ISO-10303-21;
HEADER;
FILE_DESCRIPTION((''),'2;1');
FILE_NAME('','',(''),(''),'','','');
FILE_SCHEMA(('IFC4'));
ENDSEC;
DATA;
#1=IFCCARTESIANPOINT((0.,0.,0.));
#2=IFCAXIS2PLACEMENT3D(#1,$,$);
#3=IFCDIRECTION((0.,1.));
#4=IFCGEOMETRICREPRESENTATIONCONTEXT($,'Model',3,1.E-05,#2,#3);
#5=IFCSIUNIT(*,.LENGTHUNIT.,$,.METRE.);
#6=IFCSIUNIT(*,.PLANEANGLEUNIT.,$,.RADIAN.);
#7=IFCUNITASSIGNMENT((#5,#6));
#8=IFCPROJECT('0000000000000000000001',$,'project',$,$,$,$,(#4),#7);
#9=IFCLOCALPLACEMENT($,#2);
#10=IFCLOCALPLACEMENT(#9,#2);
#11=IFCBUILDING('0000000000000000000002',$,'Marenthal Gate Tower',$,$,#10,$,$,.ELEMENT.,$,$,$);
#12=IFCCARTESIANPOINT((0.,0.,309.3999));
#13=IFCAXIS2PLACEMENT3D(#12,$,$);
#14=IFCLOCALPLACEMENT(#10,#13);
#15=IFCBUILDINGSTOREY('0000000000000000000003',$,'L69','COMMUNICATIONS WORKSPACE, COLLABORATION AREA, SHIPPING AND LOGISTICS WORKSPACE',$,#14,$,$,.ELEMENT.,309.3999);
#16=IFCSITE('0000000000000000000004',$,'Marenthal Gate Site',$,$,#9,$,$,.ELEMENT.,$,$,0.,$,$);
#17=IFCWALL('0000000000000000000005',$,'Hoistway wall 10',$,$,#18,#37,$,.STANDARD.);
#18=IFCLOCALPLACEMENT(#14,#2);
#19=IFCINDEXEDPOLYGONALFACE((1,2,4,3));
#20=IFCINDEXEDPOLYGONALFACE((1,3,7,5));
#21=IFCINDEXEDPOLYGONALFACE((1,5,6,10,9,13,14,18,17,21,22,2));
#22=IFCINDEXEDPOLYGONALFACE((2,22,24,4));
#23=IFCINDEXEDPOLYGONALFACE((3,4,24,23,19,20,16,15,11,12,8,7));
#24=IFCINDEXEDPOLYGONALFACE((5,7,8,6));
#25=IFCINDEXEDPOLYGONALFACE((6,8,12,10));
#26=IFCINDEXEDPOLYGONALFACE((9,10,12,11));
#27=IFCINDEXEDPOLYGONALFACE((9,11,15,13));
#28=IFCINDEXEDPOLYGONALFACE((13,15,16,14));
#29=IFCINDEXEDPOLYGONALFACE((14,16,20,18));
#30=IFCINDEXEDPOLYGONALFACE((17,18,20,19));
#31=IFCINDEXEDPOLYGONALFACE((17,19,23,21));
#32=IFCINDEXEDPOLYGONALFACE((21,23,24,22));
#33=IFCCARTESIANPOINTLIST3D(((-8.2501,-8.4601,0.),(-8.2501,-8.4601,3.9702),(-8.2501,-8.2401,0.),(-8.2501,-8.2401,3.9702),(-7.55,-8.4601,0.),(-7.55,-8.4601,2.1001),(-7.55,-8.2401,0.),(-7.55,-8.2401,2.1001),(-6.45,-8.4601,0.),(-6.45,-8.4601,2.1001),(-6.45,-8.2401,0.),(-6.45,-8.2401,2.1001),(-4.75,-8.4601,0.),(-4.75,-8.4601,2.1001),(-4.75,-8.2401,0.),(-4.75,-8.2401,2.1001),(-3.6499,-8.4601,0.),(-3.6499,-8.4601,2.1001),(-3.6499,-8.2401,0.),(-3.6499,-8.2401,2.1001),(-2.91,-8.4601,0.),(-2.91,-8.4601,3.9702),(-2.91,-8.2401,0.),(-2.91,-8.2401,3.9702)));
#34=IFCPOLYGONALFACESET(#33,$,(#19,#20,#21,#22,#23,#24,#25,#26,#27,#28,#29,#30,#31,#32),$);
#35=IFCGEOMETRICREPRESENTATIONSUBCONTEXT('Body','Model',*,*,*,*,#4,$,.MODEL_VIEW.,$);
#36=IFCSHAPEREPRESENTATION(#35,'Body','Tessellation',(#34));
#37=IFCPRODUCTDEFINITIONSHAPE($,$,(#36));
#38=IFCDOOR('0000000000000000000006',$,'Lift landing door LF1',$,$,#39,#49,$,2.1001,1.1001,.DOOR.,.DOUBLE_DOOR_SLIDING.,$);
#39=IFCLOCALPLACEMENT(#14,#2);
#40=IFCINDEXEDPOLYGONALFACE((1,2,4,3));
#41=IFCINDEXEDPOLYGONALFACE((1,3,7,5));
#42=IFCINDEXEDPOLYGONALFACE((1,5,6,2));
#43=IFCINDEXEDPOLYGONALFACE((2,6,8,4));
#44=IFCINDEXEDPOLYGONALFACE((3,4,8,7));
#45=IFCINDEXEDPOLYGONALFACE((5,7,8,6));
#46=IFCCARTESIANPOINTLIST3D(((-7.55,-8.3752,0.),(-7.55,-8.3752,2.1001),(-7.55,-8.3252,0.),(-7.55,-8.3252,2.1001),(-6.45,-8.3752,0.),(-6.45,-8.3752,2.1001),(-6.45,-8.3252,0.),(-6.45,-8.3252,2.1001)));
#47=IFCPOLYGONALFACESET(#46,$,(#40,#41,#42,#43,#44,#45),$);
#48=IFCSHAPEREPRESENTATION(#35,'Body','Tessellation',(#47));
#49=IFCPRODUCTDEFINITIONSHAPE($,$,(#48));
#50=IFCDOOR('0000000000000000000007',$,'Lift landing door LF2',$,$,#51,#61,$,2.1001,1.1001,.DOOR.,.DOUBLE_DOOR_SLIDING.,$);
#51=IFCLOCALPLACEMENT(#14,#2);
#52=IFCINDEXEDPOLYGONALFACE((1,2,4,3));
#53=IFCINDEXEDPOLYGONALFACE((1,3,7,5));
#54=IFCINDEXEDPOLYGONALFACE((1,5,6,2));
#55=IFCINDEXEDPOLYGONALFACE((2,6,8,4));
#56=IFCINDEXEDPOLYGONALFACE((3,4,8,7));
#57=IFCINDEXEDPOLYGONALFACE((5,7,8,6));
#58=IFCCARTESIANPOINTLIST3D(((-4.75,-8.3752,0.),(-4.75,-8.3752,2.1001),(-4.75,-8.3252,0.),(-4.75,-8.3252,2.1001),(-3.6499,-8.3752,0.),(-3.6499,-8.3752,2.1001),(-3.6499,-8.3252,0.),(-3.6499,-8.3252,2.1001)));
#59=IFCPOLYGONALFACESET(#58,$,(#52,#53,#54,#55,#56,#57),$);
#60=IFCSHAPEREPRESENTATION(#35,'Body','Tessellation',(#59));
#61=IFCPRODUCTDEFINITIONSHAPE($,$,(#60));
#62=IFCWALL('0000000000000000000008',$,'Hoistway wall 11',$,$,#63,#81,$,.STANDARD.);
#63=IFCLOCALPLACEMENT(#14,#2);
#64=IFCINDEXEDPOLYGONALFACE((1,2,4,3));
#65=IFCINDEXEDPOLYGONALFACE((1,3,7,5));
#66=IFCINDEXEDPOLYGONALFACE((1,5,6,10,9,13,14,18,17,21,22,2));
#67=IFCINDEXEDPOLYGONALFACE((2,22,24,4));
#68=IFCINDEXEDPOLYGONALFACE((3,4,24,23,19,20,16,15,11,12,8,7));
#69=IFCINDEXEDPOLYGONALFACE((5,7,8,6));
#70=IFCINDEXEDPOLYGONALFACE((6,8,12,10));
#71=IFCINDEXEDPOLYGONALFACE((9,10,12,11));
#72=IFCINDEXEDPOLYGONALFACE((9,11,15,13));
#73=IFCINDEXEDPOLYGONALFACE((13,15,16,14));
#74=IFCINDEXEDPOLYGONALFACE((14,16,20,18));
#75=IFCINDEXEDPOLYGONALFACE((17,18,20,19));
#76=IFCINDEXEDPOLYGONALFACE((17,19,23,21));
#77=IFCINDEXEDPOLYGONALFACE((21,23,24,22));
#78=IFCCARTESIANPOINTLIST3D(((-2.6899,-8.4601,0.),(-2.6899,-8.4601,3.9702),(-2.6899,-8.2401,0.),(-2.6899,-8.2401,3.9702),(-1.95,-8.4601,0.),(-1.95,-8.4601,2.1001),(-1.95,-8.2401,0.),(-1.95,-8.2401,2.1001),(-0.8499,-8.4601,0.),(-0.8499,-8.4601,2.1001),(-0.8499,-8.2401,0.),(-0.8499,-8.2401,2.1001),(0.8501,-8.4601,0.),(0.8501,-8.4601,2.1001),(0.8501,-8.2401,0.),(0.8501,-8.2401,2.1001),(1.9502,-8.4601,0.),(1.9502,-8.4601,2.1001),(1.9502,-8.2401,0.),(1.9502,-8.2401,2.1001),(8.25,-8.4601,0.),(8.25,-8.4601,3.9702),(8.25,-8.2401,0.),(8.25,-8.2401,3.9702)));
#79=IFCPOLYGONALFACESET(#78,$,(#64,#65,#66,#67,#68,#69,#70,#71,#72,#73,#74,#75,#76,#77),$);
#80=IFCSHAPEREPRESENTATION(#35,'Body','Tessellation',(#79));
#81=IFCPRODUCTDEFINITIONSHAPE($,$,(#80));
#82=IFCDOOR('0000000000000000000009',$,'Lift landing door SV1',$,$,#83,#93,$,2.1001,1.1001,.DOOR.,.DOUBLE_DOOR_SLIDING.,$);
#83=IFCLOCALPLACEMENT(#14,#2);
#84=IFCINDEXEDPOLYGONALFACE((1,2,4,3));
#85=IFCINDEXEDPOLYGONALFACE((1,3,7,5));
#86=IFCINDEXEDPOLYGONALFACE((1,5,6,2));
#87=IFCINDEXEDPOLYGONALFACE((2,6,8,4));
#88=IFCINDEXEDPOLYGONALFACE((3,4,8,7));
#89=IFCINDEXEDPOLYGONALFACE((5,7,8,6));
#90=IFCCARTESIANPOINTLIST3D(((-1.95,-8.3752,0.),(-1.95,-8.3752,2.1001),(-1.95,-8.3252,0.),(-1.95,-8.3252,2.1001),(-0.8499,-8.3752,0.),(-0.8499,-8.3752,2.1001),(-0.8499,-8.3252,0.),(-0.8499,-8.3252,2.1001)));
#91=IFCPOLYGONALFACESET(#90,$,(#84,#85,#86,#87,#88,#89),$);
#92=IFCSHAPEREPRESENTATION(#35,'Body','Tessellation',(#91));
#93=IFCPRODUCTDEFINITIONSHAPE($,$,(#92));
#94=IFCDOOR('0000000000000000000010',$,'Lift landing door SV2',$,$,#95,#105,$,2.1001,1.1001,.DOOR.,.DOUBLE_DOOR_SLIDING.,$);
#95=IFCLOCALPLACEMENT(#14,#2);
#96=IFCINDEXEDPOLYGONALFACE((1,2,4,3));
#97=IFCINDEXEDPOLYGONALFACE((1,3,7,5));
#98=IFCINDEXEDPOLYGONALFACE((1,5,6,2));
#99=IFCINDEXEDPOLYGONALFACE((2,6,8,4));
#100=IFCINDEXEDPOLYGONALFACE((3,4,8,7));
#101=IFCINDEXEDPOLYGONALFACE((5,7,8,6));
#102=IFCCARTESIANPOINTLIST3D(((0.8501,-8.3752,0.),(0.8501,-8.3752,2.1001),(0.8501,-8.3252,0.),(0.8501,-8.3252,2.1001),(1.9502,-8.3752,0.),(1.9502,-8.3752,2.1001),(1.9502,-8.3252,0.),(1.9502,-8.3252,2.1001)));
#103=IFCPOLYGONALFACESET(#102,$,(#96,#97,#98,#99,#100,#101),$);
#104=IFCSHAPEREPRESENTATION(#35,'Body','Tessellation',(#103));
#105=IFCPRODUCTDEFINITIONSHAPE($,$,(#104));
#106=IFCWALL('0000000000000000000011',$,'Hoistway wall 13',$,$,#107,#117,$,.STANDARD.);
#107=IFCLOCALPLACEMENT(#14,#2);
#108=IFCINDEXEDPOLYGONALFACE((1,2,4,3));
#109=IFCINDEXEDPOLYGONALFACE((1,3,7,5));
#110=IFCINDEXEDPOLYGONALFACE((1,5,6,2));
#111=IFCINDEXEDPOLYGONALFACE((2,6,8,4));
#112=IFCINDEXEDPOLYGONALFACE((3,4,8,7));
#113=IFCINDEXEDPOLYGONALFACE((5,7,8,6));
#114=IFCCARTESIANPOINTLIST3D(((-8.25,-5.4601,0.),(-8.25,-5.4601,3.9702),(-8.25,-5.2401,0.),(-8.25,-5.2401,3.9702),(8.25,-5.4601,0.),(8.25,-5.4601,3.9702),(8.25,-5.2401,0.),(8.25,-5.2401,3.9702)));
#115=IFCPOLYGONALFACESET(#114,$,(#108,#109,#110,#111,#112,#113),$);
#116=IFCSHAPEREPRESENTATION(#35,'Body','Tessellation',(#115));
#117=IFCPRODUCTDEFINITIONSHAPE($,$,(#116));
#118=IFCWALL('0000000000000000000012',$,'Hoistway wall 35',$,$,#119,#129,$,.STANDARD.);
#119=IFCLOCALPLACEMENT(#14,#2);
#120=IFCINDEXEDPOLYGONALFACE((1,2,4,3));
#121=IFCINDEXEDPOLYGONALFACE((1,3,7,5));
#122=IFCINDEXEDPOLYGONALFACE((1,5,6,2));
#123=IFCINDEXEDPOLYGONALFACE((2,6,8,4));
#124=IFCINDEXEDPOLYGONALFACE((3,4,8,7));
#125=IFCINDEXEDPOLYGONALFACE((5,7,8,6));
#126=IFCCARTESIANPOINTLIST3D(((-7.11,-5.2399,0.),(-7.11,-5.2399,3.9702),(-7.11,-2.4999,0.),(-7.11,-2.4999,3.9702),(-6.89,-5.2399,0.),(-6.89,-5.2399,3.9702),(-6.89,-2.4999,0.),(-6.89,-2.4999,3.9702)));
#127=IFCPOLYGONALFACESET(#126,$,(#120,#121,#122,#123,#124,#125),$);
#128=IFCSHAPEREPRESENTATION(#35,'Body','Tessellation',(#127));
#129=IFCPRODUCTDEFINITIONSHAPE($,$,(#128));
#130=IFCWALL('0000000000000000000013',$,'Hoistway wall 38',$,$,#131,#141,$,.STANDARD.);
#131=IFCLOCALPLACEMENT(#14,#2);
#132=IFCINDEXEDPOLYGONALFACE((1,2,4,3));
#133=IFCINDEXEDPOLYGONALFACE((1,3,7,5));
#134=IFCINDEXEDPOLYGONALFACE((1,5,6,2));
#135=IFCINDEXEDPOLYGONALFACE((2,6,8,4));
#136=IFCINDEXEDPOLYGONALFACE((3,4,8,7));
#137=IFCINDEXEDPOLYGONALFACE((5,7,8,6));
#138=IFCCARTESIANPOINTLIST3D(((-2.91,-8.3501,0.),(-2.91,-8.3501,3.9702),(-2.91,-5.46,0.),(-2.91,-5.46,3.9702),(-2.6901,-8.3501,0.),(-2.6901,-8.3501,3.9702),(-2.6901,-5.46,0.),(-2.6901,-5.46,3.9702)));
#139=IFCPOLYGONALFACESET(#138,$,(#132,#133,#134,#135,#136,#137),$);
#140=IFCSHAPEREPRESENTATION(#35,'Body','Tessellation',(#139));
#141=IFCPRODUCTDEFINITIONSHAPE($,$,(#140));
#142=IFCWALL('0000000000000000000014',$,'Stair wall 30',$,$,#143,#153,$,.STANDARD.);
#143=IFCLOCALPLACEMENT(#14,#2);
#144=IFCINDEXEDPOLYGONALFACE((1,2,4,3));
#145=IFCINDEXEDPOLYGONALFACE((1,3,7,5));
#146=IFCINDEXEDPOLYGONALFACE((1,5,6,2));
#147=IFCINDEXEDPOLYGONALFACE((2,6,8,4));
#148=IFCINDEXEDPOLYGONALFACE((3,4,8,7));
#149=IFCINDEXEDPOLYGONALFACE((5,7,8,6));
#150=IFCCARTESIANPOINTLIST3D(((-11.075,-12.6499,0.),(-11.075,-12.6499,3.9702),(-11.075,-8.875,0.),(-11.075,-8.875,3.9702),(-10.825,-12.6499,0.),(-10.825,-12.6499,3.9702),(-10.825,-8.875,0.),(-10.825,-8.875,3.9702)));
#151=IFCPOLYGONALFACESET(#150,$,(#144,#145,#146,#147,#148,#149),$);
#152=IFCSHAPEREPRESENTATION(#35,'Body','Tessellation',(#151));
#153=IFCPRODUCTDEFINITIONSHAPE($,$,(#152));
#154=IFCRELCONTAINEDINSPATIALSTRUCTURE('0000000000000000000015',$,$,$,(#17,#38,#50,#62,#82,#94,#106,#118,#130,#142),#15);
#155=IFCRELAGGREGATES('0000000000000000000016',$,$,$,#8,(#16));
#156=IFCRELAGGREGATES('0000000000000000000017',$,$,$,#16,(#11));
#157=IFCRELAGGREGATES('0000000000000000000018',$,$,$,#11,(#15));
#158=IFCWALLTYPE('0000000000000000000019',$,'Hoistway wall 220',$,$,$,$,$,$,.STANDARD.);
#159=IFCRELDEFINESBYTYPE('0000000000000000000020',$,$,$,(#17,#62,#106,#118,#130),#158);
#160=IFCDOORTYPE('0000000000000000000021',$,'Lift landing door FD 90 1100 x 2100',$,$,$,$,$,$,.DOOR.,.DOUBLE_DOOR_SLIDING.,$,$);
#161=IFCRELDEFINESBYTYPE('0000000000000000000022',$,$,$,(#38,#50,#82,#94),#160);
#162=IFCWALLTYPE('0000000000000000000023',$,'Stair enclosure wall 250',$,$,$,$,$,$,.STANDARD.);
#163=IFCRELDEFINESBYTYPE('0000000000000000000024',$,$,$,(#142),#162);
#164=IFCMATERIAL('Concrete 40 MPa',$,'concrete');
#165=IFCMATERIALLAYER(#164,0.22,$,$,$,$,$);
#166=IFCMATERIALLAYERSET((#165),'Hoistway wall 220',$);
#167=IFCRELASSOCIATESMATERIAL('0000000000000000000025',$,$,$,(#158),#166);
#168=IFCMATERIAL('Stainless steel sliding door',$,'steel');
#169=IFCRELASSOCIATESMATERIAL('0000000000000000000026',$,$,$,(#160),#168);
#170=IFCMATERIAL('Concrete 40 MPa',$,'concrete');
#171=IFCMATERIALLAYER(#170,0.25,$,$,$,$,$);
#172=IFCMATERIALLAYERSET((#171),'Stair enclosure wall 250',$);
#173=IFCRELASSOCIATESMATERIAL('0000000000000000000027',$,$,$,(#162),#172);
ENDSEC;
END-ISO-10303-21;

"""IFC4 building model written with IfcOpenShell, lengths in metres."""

from ifc_helpers import new_model, si_unit, direction, frame, frame_2d, origin, place, context, subcontext, project, spatial, rectangle, extrude, material, layer, layer_set, type_object, element, fill, save


model = new_model("IFC4")

# Units and contexts
model_context = context("Model", 3, precision=1e-05, world=origin(), true_north=direction((0.0, 1.0)))
body_context = subcontext(model_context, "Body", "Model", "MODEL_VIEW")
ifc_project = project(units=[si_unit("LENGTHUNIT", "METRE"), si_unit("PLANEANGLEUNIT", "RADIAN")], contexts=[model_context])

# Site, building, storey
site_placement = place(None, origin())
site = spatial("IfcSite", under=ifc_project, at=site_placement, Name="Marenthal Gate Site", CompositionType="ELEMENT", RefElevation=0.0)
building_placement = place(site_placement, origin())
building = spatial("IfcBuilding", under=site, at=building_placement, Name="Marenthal Gate Tower", CompositionType="ELEMENT")
storey_placement = place(building_placement, frame((0.0, 0.0, 309.3999)))
storey = spatial("IfcBuildingStorey", under=building, at=storey_placement, Name="L69", Description="COMMUNICATIONS WORKSPACE, COLLABORATION AREA, SHIPPING AND LOGISTICS WORKSPACE", CompositionType="ELEMENT", Elevation=309.3999)

# Walls, openings, doors
ifc_material_1 = material(Name="Concrete 40 MPa", Category="concrete")
ifc_layer_1 = layer(ifc_material_1, 0.22)
ifc_layer_set_1 = layer_set([ifc_layer_1], Name="Hoistway wall 220")
wall_type_1 = type_object("IfcWallType", Name="Hoistway wall 220", PredefinedType="STANDARD", material=ifc_layer_set_1)
wall_1_placement = place(storey_placement, frame((-8.25, -8.3501, 0.0), z_axis=(0.0, 0.0, 1.0), x_axis=(1.0, 0.0, 0.0)))
wall_1 = element("IfcWall", 1, at=wall_1_placement, inside=storey, type_object=wall_type_1, Name="Hoistway wall 10", PredefinedType="STANDARD", context=body_context, shape_type="SweptSolid", body=[
    extrude(rectangle(XDim=5.3401, YDim=0.22, at=frame_2d((2.6699, 0.0))), origin(), (0.0, 0.0, 1.0), 3.9702),
])
opening_1_placement = place(wall_1_placement, frame((0.7, 0.0, 0.0)))
opening_1 = element("IfcOpeningElement", 2, at=opening_1_placement, cuts=wall_1, PredefinedType="OPENING", context=body_context, shape_type="SweptSolid", body=[
    extrude(rectangle(XDim=1.1001, YDim=2.1001, at=frame_2d((0.55, 1.05))), frame((0.0, 0.1201, 0.0), z_axis=(0.0, -1.0, 0.0), x_axis=(1.0, 0.0, 0.0)), (0.0, 0.0, 1.0), 0.24),
])
opening_2_placement = place(wall_1_placement, frame((3.5, 0.0, 0.0)))
opening_2 = element("IfcOpeningElement", 3, at=opening_2_placement, cuts=wall_1, PredefinedType="OPENING", context=body_context, shape_type="SweptSolid", body=[
    extrude(rectangle(XDim=1.1001, YDim=2.1001, at=frame_2d((0.55, 1.05))), frame((0.0, 0.1201, 0.0), z_axis=(0.0, -1.0, 0.0), x_axis=(1.0, 0.0, 0.0)), (0.0, 0.0, 1.0), 0.24),
])
ifc_material_2 = material(Name="Stainless steel sliding door", Category="steel")
door_type_1 = type_object("IfcDoorType", Name="Lift landing door FD 90 1100 x 2100", OperationType="DOUBLE_DOOR_SLIDING", PredefinedType="DOOR", material=ifc_material_2)
door_1_placement = place(opening_1_placement, origin())
door_1 = element("IfcDoor", 4, at=door_1_placement, inside=storey, type_object=door_type_1, Name="Lift landing door LF1", OperationType="DOUBLE_DOOR_SLIDING", OverallHeight=2.1001, OverallWidth=1.1001, PredefinedType="DOOR", context=body_context, shape_type="SweptSolid", body=[
    extrude(rectangle(XDim=1.1001, YDim=2.1001, at=frame_2d((0.55, 1.05))), frame((0.0, 0.0249, 0.0), z_axis=(0.0, -1.0, 0.0), x_axis=(1.0, 0.0, 0.0)), (0.0, 0.0, 1.0), 0.05),
])
fill(opening_1, door_1)
door_2_placement = place(opening_2_placement, origin())
door_2 = element("IfcDoor", 5, at=door_2_placement, inside=storey, type_object=door_type_1, Name="Lift landing door LF2", OperationType="DOUBLE_DOOR_SLIDING", OverallHeight=2.1001, OverallWidth=1.1001, PredefinedType="DOOR", context=body_context, shape_type="SweptSolid", body=[
    extrude(rectangle(XDim=1.1001, YDim=2.1001, at=frame_2d((0.55, 1.05))), frame((0.0, 0.0249, 0.0), z_axis=(0.0, -1.0, 0.0), x_axis=(1.0, 0.0, 0.0)), (0.0, 0.0, 1.0), 0.05),
])
fill(opening_2, door_2)
wall_2_placement = place(storey_placement, frame((-2.6899, -8.3501, 0.0), z_axis=(0.0, 0.0, 1.0), x_axis=(1.0, 0.0, 0.0)))
wall_2 = element("IfcWall", 6, at=wall_2_placement, inside=storey, type_object=wall_type_1, Name="Hoistway wall 11", PredefinedType="STANDARD", context=body_context, shape_type="SweptSolid", body=[
    extrude(rectangle(XDim=10.9399, YDim=0.22, at=frame_2d((5.47, 0.0))), origin(), (0.0, 0.0, 1.0), 3.9702),
])
opening_3_placement = place(wall_2_placement, frame((0.74, 0.0, 0.0)))
opening_3 = element("IfcOpeningElement", 7, at=opening_3_placement, cuts=wall_2, PredefinedType="OPENING", context=body_context, shape_type="SweptSolid", body=[
    extrude(rectangle(XDim=1.1001, YDim=2.1001, at=frame_2d((0.55, 1.05))), frame((0.0, 0.1201, 0.0), z_axis=(0.0, -1.0, 0.0), x_axis=(1.0, 0.0, 0.0)), (0.0, 0.0, 1.0), 0.24),
])
opening_4_placement = place(wall_2_placement, frame((3.54, 0.0, 0.0)))
opening_4 = element("IfcOpeningElement", 8, at=opening_4_placement, cuts=wall_2, PredefinedType="OPENING", context=body_context, shape_type="SweptSolid", body=[
    extrude(rectangle(XDim=1.1001, YDim=2.1001, at=frame_2d((0.55, 1.05))), frame((0.0, 0.1201, 0.0), z_axis=(0.0, -1.0, 0.0), x_axis=(1.0, 0.0, 0.0)), (0.0, 0.0, 1.0), 0.24),
])
door_3_placement = place(opening_3_placement, origin())
door_3 = element("IfcDoor", 9, at=door_3_placement, inside=storey, type_object=door_type_1, Name="Lift landing door SV1", OperationType="DOUBLE_DOOR_SLIDING", OverallHeight=2.1001, OverallWidth=1.1001, PredefinedType="DOOR", context=body_context, shape_type="SweptSolid", body=[
    extrude(rectangle(XDim=1.1001, YDim=2.1001, at=frame_2d((0.55, 1.05))), frame((0.0, 0.0249, 0.0), z_axis=(0.0, -1.0, 0.0), x_axis=(1.0, 0.0, 0.0)), (0.0, 0.0, 1.0), 0.05),
])
fill(opening_3, door_3)
door_4_placement = place(opening_4_placement, origin())
door_4 = element("IfcDoor", 10, at=door_4_placement, inside=storey, type_object=door_type_1, Name="Lift landing door SV2", OperationType="DOUBLE_DOOR_SLIDING", OverallHeight=2.1001, OverallWidth=1.1001, PredefinedType="DOOR", context=body_context, shape_type="SweptSolid", body=[
    extrude(rectangle(XDim=1.1001, YDim=2.1001, at=frame_2d((0.55, 1.05))), frame((0.0, 0.0249, 0.0), z_axis=(0.0, -1.0, 0.0), x_axis=(1.0, 0.0, 0.0)), (0.0, 0.0, 1.0), 0.05),
])
fill(opening_4, door_4)

# Walls
wall_3_placement = place(storey_placement, frame((-8.25, -5.3501, 0.0), z_axis=(0.0, 0.0, 1.0), x_axis=(1.0, 0.0, 0.0)))
element("IfcWall", 11, at=wall_3_placement, inside=storey, type_object=wall_type_1, Name="Hoistway wall 13", PredefinedType="STANDARD", context=body_context, shape_type="SweptSolid", body=[
    extrude(rectangle(XDim=16.5, YDim=0.22, at=frame_2d((8.25, 0.0))), origin(), (0.0, 0.0, 1.0), 3.9702),
])
wall_4_placement = place(storey_placement, frame((-7.0, -5.24, 0.0), z_axis=(0.0, 0.0, 1.0), x_axis=(0.0, 1.0, 0.0)))
element("IfcWall", 12, at=wall_4_placement, inside=storey, type_object=wall_type_1, Name="Hoistway wall 35", PredefinedType="STANDARD", context=body_context, shape_type="SweptSolid", body=[
    extrude(rectangle(XDim=2.74, YDim=0.22, at=frame_2d((1.3701, 0.0))), origin(), (0.0, 0.0, 1.0), 3.9702),
])
wall_5_placement = place(storey_placement, frame((-2.8, -8.3501, 0.0), z_axis=(0.0, 0.0, 1.0), x_axis=(0.0, 1.0, 0.0)))
element("IfcWall", 13, at=wall_5_placement, inside=storey, type_object=wall_type_1, Name="Hoistway wall 38", PredefinedType="STANDARD", context=body_context, shape_type="SweptSolid", body=[
    extrude(rectangle(XDim=2.8901, YDim=0.22, at=frame_2d((1.4451, 0.0))), origin(), (0.0, 0.0, 1.0), 3.9702),
])
ifc_material_3 = material(Name="Concrete 40 MPa", Category="concrete")
ifc_layer_2 = layer(ifc_material_3, 0.25)
ifc_layer_set_2 = layer_set([ifc_layer_2], Name="Stair enclosure wall 250")
wall_type_2 = type_object("IfcWallType", Name="Stair enclosure wall 250", PredefinedType="STANDARD", material=ifc_layer_set_2)
wall_6_placement = place(storey_placement, frame((-10.95, -12.6499, 0.0), z_axis=(0.0, 0.0, 1.0), x_axis=(0.0, 1.0, 0.0)))
element("IfcWall", 14, at=wall_6_placement, inside=storey, type_object=wall_type_2, Name="Stair wall 30", PredefinedType="STANDARD", context=body_context, shape_type="SweptSolid", body=[
    extrude(rectangle(XDim=3.7749, YDim=0.25, at=frame_2d((1.8875, 0.0))), origin(), (0.0, 0.0, 1.0), 3.9702),
])

save(model, "model.ifc")
